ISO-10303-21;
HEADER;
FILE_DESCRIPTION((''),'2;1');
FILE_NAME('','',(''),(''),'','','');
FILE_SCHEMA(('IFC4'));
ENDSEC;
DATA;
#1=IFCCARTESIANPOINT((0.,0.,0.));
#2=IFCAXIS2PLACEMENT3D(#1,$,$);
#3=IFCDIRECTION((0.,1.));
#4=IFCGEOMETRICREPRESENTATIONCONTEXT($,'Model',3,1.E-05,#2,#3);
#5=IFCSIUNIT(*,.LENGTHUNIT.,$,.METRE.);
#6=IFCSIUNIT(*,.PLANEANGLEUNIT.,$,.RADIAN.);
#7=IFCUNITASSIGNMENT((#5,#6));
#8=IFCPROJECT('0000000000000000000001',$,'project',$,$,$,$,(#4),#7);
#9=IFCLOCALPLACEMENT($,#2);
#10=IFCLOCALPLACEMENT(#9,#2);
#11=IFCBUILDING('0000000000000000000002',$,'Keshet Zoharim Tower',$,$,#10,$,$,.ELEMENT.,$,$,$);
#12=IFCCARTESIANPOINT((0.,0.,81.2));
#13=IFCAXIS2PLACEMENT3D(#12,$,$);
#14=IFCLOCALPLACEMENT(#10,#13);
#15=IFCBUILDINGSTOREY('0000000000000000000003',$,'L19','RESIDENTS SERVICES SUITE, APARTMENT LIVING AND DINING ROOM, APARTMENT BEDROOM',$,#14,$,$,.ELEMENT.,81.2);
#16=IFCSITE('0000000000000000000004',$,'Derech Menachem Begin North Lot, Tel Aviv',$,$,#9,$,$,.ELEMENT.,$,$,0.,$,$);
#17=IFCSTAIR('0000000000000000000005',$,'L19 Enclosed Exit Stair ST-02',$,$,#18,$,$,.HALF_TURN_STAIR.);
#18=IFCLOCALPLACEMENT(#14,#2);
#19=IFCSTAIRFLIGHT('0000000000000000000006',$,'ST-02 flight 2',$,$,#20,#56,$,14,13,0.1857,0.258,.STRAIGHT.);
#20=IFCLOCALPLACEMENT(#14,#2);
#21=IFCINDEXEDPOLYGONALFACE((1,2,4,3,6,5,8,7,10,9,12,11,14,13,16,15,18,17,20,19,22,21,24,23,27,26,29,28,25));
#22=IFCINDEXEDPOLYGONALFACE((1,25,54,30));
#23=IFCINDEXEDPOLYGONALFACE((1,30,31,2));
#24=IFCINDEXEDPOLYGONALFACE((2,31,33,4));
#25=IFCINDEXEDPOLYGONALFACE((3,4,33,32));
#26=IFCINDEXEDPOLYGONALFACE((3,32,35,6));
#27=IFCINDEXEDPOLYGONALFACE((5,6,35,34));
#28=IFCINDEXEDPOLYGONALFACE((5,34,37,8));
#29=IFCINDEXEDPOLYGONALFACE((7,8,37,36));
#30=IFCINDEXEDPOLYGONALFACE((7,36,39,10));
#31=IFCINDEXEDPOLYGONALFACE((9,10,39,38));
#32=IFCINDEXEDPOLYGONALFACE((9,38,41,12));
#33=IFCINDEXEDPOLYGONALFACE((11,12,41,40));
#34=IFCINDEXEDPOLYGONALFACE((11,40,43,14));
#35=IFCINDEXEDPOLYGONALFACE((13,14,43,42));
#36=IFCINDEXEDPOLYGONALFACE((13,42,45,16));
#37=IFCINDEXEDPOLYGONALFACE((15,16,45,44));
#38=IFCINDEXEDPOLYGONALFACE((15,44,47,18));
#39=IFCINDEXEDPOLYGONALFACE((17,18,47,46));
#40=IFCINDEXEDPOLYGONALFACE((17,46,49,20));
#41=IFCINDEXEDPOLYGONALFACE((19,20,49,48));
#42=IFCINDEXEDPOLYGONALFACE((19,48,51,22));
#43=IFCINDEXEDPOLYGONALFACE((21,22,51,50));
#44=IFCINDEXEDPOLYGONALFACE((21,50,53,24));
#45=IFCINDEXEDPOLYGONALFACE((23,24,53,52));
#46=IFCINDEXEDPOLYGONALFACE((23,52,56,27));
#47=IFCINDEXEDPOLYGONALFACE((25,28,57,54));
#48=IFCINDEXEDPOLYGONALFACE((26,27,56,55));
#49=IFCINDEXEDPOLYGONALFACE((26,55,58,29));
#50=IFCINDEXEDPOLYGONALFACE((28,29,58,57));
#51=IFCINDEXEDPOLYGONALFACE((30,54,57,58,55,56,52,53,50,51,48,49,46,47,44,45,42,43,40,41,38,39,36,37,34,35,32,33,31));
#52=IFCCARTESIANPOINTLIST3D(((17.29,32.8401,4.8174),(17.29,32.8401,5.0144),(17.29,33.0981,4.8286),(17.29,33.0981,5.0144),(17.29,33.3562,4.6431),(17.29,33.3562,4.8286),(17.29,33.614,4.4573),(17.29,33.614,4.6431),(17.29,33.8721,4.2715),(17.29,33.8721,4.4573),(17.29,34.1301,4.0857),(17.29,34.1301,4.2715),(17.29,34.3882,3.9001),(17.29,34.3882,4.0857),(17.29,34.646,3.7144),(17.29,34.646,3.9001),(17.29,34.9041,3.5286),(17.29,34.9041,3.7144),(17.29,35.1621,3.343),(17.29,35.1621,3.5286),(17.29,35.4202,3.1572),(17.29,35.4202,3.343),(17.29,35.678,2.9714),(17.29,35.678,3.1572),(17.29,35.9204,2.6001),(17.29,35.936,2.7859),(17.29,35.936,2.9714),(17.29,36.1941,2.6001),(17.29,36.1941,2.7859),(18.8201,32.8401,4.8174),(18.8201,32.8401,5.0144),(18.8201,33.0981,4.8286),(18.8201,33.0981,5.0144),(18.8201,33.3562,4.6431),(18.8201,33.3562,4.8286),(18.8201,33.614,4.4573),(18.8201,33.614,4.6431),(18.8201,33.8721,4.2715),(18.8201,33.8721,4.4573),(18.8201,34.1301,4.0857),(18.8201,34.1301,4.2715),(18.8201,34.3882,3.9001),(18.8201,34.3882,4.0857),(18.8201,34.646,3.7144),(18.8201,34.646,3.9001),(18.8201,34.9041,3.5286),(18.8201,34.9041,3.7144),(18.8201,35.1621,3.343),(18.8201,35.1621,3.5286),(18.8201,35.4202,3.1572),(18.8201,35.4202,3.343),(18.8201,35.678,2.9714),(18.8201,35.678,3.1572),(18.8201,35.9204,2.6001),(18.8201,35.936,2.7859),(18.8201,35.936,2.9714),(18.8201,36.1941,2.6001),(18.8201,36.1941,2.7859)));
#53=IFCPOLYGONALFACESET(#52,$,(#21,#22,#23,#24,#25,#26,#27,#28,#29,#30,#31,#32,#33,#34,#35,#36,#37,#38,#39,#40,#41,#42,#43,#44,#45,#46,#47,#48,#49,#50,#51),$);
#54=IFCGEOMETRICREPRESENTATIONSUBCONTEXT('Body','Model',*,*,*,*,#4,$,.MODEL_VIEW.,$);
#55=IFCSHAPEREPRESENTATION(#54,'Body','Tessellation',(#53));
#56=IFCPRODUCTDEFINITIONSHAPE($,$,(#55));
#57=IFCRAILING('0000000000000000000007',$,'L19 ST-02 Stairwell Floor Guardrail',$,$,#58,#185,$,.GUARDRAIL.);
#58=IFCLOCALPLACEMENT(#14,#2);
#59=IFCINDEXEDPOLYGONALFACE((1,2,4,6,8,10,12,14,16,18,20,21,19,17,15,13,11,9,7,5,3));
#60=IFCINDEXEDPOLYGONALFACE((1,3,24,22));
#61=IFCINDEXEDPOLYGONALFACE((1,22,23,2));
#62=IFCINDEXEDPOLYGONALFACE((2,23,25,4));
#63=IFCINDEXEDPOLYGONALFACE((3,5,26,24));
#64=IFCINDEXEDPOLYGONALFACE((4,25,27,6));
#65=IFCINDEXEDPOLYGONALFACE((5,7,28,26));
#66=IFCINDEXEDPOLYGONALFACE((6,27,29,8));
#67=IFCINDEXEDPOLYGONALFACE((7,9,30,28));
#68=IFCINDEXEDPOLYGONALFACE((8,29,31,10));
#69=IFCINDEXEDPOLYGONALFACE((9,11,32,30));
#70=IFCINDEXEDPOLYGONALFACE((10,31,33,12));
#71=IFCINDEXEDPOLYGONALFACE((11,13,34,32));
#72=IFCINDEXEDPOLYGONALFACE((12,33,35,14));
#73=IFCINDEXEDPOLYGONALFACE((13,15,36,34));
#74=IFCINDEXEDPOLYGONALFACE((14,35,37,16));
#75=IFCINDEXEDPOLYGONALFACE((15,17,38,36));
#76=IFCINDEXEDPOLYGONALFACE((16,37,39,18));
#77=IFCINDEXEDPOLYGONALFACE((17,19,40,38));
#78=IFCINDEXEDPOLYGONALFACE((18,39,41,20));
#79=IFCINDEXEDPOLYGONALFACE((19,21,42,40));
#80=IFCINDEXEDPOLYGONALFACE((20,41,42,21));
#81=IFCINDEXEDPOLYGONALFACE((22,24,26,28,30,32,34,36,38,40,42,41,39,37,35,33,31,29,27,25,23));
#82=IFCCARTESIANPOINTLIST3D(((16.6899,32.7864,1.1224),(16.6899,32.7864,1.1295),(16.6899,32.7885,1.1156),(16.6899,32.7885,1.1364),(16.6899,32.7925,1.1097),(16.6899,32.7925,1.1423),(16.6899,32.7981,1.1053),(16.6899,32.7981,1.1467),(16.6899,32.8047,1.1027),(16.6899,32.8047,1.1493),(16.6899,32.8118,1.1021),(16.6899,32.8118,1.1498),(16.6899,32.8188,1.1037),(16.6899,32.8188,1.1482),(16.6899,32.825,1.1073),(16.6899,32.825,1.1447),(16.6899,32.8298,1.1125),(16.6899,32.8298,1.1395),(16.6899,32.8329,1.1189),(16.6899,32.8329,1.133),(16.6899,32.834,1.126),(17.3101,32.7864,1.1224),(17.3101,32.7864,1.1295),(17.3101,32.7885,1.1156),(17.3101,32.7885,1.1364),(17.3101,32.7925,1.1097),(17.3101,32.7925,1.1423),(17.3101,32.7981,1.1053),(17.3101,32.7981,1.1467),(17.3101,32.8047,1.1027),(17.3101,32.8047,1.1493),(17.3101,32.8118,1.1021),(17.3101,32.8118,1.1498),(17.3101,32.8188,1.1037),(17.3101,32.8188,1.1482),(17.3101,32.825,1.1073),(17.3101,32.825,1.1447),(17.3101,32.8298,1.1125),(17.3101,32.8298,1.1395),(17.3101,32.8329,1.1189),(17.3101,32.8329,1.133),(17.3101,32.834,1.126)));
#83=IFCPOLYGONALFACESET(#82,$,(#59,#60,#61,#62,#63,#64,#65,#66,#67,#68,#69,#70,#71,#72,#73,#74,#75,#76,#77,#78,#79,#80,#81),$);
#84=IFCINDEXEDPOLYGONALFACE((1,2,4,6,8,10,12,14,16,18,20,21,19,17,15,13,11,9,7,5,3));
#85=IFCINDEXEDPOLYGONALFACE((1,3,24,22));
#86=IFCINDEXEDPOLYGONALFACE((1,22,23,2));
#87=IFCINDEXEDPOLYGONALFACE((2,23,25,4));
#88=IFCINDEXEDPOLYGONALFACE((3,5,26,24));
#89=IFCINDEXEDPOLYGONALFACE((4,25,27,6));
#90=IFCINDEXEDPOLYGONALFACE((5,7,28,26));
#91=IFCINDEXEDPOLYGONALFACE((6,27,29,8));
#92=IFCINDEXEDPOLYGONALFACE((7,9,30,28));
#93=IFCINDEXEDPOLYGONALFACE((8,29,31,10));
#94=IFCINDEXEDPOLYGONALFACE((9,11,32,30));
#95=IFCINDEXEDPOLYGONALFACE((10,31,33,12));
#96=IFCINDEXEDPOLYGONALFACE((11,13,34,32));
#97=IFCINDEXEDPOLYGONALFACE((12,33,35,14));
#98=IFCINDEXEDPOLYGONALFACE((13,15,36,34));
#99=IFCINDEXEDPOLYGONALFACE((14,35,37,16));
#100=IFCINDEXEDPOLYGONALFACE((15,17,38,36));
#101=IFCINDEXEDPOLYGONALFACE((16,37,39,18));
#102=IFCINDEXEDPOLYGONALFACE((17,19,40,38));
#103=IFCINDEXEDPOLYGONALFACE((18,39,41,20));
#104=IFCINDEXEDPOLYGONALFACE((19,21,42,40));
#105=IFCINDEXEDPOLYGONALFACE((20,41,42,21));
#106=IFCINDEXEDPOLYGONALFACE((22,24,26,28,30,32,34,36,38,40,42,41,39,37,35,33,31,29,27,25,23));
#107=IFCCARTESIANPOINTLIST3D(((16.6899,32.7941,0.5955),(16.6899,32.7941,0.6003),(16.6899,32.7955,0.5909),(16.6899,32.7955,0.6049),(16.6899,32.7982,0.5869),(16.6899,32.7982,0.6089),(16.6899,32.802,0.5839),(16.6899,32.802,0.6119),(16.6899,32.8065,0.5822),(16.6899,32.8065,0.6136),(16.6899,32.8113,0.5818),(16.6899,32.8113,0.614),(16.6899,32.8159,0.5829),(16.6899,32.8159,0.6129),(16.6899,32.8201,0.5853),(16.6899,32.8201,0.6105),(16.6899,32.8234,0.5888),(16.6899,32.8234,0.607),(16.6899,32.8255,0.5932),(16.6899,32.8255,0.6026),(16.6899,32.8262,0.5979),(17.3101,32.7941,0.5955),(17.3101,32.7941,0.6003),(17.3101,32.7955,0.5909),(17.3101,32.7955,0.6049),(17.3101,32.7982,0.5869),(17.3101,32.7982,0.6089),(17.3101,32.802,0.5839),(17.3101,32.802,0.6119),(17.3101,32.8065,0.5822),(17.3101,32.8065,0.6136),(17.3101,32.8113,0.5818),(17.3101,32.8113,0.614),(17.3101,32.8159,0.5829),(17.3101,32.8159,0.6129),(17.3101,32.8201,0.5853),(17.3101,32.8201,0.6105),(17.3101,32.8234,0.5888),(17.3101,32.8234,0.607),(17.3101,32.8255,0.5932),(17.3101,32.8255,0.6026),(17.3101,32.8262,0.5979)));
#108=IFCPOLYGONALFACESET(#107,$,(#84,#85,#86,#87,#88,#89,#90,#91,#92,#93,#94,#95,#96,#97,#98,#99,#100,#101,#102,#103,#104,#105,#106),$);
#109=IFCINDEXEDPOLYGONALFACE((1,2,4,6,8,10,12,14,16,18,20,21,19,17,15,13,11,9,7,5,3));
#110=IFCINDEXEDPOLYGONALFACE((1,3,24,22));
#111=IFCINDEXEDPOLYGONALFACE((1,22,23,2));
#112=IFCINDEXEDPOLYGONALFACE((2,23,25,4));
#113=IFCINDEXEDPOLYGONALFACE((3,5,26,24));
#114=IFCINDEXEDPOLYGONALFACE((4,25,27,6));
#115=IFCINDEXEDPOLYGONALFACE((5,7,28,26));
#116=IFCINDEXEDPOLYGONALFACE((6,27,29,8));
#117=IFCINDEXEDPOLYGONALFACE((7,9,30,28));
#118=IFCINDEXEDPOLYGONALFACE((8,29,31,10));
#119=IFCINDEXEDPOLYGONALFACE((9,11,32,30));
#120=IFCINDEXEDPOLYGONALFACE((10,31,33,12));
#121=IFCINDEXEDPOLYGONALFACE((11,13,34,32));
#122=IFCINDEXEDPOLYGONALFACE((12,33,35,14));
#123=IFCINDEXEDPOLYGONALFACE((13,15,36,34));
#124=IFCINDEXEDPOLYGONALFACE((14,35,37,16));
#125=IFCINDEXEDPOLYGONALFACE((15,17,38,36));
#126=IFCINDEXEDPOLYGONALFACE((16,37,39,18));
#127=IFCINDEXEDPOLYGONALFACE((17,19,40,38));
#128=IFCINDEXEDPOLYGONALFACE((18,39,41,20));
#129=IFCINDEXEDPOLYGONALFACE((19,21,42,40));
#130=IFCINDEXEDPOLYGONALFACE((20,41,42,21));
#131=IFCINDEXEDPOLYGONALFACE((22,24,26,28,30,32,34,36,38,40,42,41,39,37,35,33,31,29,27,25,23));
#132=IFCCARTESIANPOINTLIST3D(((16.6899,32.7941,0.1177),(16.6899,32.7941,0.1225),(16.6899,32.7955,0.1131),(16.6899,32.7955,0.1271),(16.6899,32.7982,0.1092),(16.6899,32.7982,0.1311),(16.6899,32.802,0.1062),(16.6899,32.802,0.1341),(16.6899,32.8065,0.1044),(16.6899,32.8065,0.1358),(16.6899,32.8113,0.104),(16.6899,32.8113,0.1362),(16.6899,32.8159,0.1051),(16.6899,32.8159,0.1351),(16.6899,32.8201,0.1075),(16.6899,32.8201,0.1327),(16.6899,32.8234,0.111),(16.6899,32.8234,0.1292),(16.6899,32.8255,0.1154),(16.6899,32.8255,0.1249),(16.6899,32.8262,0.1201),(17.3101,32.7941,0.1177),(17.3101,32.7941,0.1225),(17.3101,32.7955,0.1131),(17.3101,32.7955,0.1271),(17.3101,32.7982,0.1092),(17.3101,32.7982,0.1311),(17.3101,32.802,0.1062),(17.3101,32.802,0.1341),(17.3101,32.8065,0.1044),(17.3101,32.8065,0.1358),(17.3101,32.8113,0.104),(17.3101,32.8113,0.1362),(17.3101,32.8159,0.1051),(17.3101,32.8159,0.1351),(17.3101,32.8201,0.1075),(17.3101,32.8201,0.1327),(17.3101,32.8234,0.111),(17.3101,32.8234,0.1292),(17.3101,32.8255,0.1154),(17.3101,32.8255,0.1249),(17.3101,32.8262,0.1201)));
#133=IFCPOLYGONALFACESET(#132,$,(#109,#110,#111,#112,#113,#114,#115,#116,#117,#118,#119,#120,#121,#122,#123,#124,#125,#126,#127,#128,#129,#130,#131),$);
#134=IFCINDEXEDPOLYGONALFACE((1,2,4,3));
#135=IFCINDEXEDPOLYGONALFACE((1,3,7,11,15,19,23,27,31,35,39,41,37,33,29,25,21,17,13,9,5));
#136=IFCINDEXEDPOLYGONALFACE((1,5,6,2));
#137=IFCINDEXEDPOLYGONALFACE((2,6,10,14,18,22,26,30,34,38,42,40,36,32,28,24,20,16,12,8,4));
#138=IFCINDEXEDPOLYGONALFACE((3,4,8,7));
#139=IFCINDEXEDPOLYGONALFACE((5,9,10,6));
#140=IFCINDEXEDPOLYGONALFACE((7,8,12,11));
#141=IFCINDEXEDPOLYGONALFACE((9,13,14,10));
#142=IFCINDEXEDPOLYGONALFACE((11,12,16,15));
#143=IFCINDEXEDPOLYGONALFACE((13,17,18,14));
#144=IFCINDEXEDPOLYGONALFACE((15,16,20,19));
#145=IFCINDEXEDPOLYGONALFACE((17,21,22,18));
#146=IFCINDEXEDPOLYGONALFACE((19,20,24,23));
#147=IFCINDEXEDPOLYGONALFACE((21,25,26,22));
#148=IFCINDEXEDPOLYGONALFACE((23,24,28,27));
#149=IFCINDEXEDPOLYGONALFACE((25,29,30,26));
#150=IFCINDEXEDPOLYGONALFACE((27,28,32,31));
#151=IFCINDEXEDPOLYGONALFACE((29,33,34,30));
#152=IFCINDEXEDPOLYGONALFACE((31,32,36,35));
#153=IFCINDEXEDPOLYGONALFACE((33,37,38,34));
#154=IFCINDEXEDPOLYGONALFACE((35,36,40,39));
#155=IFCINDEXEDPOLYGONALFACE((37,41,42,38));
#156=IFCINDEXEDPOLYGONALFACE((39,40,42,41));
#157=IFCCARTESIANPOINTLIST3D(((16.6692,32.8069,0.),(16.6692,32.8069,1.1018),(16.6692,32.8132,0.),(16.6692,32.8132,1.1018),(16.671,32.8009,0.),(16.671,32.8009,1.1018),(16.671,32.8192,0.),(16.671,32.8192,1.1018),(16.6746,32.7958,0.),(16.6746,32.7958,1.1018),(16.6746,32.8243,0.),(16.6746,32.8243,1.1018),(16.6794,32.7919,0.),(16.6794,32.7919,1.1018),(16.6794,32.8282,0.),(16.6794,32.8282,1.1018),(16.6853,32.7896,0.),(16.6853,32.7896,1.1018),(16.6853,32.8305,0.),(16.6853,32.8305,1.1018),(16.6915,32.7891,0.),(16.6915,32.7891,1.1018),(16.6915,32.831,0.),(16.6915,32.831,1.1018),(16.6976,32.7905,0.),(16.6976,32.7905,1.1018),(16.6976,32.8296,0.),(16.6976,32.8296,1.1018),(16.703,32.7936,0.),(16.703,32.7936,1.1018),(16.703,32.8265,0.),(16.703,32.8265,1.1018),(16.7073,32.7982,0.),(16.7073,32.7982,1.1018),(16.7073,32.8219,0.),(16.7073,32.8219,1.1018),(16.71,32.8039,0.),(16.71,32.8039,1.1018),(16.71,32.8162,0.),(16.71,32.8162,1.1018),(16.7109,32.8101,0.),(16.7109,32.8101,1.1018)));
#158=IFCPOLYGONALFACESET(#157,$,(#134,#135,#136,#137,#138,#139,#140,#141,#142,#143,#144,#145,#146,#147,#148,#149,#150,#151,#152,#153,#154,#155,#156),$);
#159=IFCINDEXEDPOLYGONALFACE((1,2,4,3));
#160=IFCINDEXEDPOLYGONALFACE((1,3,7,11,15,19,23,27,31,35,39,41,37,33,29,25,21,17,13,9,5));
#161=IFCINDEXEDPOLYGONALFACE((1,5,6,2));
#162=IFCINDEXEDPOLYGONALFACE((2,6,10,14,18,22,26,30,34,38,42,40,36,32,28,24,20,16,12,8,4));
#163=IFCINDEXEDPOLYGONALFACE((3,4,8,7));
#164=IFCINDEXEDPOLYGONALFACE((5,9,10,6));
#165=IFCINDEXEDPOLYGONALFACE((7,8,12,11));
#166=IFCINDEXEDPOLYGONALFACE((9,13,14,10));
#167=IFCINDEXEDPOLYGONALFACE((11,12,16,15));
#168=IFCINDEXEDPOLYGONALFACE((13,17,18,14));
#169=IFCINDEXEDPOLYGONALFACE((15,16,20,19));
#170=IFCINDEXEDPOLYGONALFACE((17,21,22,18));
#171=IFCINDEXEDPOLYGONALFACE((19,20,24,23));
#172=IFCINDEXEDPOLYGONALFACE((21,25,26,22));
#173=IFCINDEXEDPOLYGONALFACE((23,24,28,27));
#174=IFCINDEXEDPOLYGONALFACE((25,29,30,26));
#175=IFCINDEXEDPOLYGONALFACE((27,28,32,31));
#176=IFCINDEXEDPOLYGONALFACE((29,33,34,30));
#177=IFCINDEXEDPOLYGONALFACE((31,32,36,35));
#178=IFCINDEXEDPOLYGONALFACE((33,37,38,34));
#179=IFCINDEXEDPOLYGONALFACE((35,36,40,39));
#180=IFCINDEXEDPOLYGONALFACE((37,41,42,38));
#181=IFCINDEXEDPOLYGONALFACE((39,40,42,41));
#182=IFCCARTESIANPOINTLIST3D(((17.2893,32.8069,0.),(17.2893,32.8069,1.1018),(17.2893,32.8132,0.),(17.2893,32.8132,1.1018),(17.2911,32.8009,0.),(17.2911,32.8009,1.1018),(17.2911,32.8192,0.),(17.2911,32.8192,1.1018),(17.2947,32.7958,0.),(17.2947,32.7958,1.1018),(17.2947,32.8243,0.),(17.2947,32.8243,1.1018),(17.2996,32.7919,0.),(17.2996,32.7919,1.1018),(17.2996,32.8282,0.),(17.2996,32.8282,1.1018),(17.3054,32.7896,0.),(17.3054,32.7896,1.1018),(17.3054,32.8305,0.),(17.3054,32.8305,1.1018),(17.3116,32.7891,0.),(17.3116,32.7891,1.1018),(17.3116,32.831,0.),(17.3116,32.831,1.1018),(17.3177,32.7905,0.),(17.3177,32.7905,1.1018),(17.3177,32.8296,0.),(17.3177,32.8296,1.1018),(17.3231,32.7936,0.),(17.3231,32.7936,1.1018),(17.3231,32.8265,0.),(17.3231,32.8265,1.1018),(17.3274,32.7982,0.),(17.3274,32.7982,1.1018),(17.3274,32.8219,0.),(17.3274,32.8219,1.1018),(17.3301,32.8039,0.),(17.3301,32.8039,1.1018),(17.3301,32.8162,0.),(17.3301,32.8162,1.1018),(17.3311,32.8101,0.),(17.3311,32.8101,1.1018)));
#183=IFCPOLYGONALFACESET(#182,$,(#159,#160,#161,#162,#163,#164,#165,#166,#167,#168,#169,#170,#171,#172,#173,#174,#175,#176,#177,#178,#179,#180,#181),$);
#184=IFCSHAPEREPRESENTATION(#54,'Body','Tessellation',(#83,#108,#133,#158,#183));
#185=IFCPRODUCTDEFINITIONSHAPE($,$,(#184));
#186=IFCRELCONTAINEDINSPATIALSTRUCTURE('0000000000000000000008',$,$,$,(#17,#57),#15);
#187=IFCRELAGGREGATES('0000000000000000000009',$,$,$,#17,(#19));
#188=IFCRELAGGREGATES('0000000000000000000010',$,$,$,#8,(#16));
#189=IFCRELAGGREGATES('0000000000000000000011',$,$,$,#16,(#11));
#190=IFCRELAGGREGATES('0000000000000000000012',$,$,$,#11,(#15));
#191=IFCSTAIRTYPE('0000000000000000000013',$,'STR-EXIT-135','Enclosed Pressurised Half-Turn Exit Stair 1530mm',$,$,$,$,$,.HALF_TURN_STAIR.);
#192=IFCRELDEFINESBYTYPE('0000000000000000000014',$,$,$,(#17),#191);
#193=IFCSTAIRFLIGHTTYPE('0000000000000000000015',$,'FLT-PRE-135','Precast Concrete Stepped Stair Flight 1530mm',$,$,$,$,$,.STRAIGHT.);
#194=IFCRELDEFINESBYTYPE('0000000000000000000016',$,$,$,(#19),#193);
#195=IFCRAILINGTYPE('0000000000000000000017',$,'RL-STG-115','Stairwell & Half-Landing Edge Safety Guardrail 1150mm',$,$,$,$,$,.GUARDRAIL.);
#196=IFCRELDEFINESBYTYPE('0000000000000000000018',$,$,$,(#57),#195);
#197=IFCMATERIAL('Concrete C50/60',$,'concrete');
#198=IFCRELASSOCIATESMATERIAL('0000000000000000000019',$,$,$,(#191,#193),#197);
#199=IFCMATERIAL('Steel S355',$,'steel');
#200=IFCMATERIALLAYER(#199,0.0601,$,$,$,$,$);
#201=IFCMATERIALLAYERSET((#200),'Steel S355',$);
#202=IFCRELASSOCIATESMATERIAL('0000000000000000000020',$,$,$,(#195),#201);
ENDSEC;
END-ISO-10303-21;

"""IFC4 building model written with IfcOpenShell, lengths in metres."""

from ifc_helpers import new_model, si_unit, direction, frame, origin, origin_2d, place, context, subcontext, project, spatial, polyline, circle, outline, extrude, material, layer, layer_set, type_object, element, aggregate, save


model = new_model("IFC4")

# Units and contexts
model_context = context("Model", 3, precision=1e-05, world=origin(), true_north=direction((0.0, 1.0)))
body_context = subcontext(model_context, "Body", "Model", "MODEL_VIEW")
ifc_project = project(units=[si_unit("LENGTHUNIT", "METRE"), si_unit("PLANEANGLEUNIT", "RADIAN")], contexts=[model_context])

# Site, building, storey
site_placement = place(None, origin())
site = spatial("IfcSite", under=ifc_project, at=site_placement, Name="Derech Menachem Begin North Lot, Tel Aviv", CompositionType="ELEMENT", RefElevation=0.0)
building_placement = place(site_placement, origin())
building = spatial("IfcBuilding", under=site, at=building_placement, Name="Keshet Zoharim Tower", CompositionType="ELEMENT")
storey_placement = place(building_placement, frame((0.0, 0.0, 81.2)))
storey = spatial("IfcBuildingStorey", under=building, at=storey_placement, Name="L19", Description="RESIDENTS SERVICES SUITE, APARTMENT LIVING AND DINING ROOM, APARTMENT BEDROOM", CompositionType="ELEMENT", Elevation=81.2)

# Shared definitions
ifc_material_1 = material(Name="Steel S355", Category="steel")

# Shared definitions
ifc_material_2 = material(Name="Concrete C50/60", Category="concrete")
stair_type = type_object("IfcStairType", Name="STR-EXIT-135", Description="Enclosed Pressurised Half-Turn Exit Stair 1530mm", PredefinedType="HALF_TURN_STAIR", material=ifc_material_2)
stair_flight_type = type_object("IfcStairFlightType", Name="FLT-PRE-135", Description="Precast Concrete Stepped Stair Flight 1530mm", PredefinedType="STRAIGHT", material=ifc_material_2)

# Stair, stair flight
stair_1_placement = place(storey_placement, origin())
stair_1 = element("IfcStair", 1, at=stair_1_placement, inside=storey, type_object=stair_type, Name="L19 Enclosed Exit Stair ST-02", PredefinedType="HALF_TURN_STAIR")
stair_flight_1_placement = place(storey_placement, frame((18.0549, 36.1941, 2.6001), z_axis=(0.0, 0.0, 1.0), x_axis=(0.0, -1.0, 0.0)))
stair_flight_1 = element("IfcStairFlight", 2, at=stair_flight_1_placement, type_object=stair_flight_type, Name="ST-02 flight 2", NumberOfRisers=14, NumberOfTreads=13, PredefinedType="STRAIGHT", RiserHeight=0.1857, TreadLength=0.258, context=body_context, shape_type="SweptSolid", body=[
    extrude(outline(polyline([(0.0, 0.0), (0.0, 0.1858), (0.2581, 0.1858), (0.2581, 0.3713), (0.5161, 0.3713), (0.5161, 0.5571), (0.7739, 0.5571), (0.7739, 0.7429), (1.032, 0.7429), (1.032, 0.9285), (1.29, 0.9285), (1.29, 1.1143), (1.5481, 1.1143), (1.5481, 1.3), (1.8059, 1.3), (1.8059, 1.4856), (2.064, 1.4856), (2.064, 1.6714), (2.322, 1.6714), (2.322, 1.8572), (2.5801, 1.8572), (2.5801, 2.043), (2.8379, 2.043), (2.8379, 2.2285), (3.0959, 2.2285), (3.0959, 2.4143), (3.354, 2.4143), (3.354, 2.6001), (3.354, 2.2173), (0.2737, 0.0), (0.0, 0.0)])), frame((0.0, 0.7651, 0.0), z_axis=(0.0, -1.0, 0.0), x_axis=(1.0, 0.0, 0.0)), (0.0, 0.0, 1.0), 1.53),
])
aggregate(stair_1, [stair_flight_1])

# Railing
ifc_layer_1 = layer(ifc_material_1, 0.0601)
ifc_layer_set_1 = layer_set([ifc_layer_1], Name="Steel S355")
railing_type_1 = type_object("IfcRailingType", Name="RL-STG-115", Description="Stairwell & Half-Landing Edge Safety Guardrail 1150mm", PredefinedType="GUARDRAIL", material=ifc_layer_set_1)
railing_1_placement = place(storey_placement, frame((16.6899, 32.8101, 0.0)))
element("IfcRailing", 3, at=railing_1_placement, inside=storey, type_object=railing_type_1, Name="L19 ST-02 Stairwell Floor Guardrail", PredefinedType="GUARDRAIL", context=body_context, shape_type="SweptSolid", body=[
    extrude(circle(Radius=0.0239, at=origin_2d()), frame((0.0, 0.0, 1.126), z_axis=(1.0, 0.0, 0.0), x_axis=(0.0, 1.0, 0.0)), (0.0, 0.0, 1.0), 0.6201),
    extrude(circle(Radius=0.0161, at=origin_2d()), frame((0.0, 0.0, 0.5979), z_axis=(1.0, 0.0, 0.0), x_axis=(0.0, 1.0, 0.0)), (0.0, 0.0, 1.0), 0.6201),
    extrude(circle(Radius=0.0161, at=origin_2d()), frame((0.0, 0.0, 0.1201), z_axis=(1.0, 0.0, 0.0), x_axis=(0.0, 1.0, 0.0)), (0.0, 0.0, 1.0), 0.6201),
    extrude(circle(Radius=0.021, at=origin_2d()), origin(), (0.0, 0.0, 1.0), 1.1018),
    extrude(circle(Radius=0.021, at=origin_2d()), frame((0.6201, 0.0, 0.0)), (0.0, 0.0, 1.0), 1.1018),
])

save(model, "model.ifc")
